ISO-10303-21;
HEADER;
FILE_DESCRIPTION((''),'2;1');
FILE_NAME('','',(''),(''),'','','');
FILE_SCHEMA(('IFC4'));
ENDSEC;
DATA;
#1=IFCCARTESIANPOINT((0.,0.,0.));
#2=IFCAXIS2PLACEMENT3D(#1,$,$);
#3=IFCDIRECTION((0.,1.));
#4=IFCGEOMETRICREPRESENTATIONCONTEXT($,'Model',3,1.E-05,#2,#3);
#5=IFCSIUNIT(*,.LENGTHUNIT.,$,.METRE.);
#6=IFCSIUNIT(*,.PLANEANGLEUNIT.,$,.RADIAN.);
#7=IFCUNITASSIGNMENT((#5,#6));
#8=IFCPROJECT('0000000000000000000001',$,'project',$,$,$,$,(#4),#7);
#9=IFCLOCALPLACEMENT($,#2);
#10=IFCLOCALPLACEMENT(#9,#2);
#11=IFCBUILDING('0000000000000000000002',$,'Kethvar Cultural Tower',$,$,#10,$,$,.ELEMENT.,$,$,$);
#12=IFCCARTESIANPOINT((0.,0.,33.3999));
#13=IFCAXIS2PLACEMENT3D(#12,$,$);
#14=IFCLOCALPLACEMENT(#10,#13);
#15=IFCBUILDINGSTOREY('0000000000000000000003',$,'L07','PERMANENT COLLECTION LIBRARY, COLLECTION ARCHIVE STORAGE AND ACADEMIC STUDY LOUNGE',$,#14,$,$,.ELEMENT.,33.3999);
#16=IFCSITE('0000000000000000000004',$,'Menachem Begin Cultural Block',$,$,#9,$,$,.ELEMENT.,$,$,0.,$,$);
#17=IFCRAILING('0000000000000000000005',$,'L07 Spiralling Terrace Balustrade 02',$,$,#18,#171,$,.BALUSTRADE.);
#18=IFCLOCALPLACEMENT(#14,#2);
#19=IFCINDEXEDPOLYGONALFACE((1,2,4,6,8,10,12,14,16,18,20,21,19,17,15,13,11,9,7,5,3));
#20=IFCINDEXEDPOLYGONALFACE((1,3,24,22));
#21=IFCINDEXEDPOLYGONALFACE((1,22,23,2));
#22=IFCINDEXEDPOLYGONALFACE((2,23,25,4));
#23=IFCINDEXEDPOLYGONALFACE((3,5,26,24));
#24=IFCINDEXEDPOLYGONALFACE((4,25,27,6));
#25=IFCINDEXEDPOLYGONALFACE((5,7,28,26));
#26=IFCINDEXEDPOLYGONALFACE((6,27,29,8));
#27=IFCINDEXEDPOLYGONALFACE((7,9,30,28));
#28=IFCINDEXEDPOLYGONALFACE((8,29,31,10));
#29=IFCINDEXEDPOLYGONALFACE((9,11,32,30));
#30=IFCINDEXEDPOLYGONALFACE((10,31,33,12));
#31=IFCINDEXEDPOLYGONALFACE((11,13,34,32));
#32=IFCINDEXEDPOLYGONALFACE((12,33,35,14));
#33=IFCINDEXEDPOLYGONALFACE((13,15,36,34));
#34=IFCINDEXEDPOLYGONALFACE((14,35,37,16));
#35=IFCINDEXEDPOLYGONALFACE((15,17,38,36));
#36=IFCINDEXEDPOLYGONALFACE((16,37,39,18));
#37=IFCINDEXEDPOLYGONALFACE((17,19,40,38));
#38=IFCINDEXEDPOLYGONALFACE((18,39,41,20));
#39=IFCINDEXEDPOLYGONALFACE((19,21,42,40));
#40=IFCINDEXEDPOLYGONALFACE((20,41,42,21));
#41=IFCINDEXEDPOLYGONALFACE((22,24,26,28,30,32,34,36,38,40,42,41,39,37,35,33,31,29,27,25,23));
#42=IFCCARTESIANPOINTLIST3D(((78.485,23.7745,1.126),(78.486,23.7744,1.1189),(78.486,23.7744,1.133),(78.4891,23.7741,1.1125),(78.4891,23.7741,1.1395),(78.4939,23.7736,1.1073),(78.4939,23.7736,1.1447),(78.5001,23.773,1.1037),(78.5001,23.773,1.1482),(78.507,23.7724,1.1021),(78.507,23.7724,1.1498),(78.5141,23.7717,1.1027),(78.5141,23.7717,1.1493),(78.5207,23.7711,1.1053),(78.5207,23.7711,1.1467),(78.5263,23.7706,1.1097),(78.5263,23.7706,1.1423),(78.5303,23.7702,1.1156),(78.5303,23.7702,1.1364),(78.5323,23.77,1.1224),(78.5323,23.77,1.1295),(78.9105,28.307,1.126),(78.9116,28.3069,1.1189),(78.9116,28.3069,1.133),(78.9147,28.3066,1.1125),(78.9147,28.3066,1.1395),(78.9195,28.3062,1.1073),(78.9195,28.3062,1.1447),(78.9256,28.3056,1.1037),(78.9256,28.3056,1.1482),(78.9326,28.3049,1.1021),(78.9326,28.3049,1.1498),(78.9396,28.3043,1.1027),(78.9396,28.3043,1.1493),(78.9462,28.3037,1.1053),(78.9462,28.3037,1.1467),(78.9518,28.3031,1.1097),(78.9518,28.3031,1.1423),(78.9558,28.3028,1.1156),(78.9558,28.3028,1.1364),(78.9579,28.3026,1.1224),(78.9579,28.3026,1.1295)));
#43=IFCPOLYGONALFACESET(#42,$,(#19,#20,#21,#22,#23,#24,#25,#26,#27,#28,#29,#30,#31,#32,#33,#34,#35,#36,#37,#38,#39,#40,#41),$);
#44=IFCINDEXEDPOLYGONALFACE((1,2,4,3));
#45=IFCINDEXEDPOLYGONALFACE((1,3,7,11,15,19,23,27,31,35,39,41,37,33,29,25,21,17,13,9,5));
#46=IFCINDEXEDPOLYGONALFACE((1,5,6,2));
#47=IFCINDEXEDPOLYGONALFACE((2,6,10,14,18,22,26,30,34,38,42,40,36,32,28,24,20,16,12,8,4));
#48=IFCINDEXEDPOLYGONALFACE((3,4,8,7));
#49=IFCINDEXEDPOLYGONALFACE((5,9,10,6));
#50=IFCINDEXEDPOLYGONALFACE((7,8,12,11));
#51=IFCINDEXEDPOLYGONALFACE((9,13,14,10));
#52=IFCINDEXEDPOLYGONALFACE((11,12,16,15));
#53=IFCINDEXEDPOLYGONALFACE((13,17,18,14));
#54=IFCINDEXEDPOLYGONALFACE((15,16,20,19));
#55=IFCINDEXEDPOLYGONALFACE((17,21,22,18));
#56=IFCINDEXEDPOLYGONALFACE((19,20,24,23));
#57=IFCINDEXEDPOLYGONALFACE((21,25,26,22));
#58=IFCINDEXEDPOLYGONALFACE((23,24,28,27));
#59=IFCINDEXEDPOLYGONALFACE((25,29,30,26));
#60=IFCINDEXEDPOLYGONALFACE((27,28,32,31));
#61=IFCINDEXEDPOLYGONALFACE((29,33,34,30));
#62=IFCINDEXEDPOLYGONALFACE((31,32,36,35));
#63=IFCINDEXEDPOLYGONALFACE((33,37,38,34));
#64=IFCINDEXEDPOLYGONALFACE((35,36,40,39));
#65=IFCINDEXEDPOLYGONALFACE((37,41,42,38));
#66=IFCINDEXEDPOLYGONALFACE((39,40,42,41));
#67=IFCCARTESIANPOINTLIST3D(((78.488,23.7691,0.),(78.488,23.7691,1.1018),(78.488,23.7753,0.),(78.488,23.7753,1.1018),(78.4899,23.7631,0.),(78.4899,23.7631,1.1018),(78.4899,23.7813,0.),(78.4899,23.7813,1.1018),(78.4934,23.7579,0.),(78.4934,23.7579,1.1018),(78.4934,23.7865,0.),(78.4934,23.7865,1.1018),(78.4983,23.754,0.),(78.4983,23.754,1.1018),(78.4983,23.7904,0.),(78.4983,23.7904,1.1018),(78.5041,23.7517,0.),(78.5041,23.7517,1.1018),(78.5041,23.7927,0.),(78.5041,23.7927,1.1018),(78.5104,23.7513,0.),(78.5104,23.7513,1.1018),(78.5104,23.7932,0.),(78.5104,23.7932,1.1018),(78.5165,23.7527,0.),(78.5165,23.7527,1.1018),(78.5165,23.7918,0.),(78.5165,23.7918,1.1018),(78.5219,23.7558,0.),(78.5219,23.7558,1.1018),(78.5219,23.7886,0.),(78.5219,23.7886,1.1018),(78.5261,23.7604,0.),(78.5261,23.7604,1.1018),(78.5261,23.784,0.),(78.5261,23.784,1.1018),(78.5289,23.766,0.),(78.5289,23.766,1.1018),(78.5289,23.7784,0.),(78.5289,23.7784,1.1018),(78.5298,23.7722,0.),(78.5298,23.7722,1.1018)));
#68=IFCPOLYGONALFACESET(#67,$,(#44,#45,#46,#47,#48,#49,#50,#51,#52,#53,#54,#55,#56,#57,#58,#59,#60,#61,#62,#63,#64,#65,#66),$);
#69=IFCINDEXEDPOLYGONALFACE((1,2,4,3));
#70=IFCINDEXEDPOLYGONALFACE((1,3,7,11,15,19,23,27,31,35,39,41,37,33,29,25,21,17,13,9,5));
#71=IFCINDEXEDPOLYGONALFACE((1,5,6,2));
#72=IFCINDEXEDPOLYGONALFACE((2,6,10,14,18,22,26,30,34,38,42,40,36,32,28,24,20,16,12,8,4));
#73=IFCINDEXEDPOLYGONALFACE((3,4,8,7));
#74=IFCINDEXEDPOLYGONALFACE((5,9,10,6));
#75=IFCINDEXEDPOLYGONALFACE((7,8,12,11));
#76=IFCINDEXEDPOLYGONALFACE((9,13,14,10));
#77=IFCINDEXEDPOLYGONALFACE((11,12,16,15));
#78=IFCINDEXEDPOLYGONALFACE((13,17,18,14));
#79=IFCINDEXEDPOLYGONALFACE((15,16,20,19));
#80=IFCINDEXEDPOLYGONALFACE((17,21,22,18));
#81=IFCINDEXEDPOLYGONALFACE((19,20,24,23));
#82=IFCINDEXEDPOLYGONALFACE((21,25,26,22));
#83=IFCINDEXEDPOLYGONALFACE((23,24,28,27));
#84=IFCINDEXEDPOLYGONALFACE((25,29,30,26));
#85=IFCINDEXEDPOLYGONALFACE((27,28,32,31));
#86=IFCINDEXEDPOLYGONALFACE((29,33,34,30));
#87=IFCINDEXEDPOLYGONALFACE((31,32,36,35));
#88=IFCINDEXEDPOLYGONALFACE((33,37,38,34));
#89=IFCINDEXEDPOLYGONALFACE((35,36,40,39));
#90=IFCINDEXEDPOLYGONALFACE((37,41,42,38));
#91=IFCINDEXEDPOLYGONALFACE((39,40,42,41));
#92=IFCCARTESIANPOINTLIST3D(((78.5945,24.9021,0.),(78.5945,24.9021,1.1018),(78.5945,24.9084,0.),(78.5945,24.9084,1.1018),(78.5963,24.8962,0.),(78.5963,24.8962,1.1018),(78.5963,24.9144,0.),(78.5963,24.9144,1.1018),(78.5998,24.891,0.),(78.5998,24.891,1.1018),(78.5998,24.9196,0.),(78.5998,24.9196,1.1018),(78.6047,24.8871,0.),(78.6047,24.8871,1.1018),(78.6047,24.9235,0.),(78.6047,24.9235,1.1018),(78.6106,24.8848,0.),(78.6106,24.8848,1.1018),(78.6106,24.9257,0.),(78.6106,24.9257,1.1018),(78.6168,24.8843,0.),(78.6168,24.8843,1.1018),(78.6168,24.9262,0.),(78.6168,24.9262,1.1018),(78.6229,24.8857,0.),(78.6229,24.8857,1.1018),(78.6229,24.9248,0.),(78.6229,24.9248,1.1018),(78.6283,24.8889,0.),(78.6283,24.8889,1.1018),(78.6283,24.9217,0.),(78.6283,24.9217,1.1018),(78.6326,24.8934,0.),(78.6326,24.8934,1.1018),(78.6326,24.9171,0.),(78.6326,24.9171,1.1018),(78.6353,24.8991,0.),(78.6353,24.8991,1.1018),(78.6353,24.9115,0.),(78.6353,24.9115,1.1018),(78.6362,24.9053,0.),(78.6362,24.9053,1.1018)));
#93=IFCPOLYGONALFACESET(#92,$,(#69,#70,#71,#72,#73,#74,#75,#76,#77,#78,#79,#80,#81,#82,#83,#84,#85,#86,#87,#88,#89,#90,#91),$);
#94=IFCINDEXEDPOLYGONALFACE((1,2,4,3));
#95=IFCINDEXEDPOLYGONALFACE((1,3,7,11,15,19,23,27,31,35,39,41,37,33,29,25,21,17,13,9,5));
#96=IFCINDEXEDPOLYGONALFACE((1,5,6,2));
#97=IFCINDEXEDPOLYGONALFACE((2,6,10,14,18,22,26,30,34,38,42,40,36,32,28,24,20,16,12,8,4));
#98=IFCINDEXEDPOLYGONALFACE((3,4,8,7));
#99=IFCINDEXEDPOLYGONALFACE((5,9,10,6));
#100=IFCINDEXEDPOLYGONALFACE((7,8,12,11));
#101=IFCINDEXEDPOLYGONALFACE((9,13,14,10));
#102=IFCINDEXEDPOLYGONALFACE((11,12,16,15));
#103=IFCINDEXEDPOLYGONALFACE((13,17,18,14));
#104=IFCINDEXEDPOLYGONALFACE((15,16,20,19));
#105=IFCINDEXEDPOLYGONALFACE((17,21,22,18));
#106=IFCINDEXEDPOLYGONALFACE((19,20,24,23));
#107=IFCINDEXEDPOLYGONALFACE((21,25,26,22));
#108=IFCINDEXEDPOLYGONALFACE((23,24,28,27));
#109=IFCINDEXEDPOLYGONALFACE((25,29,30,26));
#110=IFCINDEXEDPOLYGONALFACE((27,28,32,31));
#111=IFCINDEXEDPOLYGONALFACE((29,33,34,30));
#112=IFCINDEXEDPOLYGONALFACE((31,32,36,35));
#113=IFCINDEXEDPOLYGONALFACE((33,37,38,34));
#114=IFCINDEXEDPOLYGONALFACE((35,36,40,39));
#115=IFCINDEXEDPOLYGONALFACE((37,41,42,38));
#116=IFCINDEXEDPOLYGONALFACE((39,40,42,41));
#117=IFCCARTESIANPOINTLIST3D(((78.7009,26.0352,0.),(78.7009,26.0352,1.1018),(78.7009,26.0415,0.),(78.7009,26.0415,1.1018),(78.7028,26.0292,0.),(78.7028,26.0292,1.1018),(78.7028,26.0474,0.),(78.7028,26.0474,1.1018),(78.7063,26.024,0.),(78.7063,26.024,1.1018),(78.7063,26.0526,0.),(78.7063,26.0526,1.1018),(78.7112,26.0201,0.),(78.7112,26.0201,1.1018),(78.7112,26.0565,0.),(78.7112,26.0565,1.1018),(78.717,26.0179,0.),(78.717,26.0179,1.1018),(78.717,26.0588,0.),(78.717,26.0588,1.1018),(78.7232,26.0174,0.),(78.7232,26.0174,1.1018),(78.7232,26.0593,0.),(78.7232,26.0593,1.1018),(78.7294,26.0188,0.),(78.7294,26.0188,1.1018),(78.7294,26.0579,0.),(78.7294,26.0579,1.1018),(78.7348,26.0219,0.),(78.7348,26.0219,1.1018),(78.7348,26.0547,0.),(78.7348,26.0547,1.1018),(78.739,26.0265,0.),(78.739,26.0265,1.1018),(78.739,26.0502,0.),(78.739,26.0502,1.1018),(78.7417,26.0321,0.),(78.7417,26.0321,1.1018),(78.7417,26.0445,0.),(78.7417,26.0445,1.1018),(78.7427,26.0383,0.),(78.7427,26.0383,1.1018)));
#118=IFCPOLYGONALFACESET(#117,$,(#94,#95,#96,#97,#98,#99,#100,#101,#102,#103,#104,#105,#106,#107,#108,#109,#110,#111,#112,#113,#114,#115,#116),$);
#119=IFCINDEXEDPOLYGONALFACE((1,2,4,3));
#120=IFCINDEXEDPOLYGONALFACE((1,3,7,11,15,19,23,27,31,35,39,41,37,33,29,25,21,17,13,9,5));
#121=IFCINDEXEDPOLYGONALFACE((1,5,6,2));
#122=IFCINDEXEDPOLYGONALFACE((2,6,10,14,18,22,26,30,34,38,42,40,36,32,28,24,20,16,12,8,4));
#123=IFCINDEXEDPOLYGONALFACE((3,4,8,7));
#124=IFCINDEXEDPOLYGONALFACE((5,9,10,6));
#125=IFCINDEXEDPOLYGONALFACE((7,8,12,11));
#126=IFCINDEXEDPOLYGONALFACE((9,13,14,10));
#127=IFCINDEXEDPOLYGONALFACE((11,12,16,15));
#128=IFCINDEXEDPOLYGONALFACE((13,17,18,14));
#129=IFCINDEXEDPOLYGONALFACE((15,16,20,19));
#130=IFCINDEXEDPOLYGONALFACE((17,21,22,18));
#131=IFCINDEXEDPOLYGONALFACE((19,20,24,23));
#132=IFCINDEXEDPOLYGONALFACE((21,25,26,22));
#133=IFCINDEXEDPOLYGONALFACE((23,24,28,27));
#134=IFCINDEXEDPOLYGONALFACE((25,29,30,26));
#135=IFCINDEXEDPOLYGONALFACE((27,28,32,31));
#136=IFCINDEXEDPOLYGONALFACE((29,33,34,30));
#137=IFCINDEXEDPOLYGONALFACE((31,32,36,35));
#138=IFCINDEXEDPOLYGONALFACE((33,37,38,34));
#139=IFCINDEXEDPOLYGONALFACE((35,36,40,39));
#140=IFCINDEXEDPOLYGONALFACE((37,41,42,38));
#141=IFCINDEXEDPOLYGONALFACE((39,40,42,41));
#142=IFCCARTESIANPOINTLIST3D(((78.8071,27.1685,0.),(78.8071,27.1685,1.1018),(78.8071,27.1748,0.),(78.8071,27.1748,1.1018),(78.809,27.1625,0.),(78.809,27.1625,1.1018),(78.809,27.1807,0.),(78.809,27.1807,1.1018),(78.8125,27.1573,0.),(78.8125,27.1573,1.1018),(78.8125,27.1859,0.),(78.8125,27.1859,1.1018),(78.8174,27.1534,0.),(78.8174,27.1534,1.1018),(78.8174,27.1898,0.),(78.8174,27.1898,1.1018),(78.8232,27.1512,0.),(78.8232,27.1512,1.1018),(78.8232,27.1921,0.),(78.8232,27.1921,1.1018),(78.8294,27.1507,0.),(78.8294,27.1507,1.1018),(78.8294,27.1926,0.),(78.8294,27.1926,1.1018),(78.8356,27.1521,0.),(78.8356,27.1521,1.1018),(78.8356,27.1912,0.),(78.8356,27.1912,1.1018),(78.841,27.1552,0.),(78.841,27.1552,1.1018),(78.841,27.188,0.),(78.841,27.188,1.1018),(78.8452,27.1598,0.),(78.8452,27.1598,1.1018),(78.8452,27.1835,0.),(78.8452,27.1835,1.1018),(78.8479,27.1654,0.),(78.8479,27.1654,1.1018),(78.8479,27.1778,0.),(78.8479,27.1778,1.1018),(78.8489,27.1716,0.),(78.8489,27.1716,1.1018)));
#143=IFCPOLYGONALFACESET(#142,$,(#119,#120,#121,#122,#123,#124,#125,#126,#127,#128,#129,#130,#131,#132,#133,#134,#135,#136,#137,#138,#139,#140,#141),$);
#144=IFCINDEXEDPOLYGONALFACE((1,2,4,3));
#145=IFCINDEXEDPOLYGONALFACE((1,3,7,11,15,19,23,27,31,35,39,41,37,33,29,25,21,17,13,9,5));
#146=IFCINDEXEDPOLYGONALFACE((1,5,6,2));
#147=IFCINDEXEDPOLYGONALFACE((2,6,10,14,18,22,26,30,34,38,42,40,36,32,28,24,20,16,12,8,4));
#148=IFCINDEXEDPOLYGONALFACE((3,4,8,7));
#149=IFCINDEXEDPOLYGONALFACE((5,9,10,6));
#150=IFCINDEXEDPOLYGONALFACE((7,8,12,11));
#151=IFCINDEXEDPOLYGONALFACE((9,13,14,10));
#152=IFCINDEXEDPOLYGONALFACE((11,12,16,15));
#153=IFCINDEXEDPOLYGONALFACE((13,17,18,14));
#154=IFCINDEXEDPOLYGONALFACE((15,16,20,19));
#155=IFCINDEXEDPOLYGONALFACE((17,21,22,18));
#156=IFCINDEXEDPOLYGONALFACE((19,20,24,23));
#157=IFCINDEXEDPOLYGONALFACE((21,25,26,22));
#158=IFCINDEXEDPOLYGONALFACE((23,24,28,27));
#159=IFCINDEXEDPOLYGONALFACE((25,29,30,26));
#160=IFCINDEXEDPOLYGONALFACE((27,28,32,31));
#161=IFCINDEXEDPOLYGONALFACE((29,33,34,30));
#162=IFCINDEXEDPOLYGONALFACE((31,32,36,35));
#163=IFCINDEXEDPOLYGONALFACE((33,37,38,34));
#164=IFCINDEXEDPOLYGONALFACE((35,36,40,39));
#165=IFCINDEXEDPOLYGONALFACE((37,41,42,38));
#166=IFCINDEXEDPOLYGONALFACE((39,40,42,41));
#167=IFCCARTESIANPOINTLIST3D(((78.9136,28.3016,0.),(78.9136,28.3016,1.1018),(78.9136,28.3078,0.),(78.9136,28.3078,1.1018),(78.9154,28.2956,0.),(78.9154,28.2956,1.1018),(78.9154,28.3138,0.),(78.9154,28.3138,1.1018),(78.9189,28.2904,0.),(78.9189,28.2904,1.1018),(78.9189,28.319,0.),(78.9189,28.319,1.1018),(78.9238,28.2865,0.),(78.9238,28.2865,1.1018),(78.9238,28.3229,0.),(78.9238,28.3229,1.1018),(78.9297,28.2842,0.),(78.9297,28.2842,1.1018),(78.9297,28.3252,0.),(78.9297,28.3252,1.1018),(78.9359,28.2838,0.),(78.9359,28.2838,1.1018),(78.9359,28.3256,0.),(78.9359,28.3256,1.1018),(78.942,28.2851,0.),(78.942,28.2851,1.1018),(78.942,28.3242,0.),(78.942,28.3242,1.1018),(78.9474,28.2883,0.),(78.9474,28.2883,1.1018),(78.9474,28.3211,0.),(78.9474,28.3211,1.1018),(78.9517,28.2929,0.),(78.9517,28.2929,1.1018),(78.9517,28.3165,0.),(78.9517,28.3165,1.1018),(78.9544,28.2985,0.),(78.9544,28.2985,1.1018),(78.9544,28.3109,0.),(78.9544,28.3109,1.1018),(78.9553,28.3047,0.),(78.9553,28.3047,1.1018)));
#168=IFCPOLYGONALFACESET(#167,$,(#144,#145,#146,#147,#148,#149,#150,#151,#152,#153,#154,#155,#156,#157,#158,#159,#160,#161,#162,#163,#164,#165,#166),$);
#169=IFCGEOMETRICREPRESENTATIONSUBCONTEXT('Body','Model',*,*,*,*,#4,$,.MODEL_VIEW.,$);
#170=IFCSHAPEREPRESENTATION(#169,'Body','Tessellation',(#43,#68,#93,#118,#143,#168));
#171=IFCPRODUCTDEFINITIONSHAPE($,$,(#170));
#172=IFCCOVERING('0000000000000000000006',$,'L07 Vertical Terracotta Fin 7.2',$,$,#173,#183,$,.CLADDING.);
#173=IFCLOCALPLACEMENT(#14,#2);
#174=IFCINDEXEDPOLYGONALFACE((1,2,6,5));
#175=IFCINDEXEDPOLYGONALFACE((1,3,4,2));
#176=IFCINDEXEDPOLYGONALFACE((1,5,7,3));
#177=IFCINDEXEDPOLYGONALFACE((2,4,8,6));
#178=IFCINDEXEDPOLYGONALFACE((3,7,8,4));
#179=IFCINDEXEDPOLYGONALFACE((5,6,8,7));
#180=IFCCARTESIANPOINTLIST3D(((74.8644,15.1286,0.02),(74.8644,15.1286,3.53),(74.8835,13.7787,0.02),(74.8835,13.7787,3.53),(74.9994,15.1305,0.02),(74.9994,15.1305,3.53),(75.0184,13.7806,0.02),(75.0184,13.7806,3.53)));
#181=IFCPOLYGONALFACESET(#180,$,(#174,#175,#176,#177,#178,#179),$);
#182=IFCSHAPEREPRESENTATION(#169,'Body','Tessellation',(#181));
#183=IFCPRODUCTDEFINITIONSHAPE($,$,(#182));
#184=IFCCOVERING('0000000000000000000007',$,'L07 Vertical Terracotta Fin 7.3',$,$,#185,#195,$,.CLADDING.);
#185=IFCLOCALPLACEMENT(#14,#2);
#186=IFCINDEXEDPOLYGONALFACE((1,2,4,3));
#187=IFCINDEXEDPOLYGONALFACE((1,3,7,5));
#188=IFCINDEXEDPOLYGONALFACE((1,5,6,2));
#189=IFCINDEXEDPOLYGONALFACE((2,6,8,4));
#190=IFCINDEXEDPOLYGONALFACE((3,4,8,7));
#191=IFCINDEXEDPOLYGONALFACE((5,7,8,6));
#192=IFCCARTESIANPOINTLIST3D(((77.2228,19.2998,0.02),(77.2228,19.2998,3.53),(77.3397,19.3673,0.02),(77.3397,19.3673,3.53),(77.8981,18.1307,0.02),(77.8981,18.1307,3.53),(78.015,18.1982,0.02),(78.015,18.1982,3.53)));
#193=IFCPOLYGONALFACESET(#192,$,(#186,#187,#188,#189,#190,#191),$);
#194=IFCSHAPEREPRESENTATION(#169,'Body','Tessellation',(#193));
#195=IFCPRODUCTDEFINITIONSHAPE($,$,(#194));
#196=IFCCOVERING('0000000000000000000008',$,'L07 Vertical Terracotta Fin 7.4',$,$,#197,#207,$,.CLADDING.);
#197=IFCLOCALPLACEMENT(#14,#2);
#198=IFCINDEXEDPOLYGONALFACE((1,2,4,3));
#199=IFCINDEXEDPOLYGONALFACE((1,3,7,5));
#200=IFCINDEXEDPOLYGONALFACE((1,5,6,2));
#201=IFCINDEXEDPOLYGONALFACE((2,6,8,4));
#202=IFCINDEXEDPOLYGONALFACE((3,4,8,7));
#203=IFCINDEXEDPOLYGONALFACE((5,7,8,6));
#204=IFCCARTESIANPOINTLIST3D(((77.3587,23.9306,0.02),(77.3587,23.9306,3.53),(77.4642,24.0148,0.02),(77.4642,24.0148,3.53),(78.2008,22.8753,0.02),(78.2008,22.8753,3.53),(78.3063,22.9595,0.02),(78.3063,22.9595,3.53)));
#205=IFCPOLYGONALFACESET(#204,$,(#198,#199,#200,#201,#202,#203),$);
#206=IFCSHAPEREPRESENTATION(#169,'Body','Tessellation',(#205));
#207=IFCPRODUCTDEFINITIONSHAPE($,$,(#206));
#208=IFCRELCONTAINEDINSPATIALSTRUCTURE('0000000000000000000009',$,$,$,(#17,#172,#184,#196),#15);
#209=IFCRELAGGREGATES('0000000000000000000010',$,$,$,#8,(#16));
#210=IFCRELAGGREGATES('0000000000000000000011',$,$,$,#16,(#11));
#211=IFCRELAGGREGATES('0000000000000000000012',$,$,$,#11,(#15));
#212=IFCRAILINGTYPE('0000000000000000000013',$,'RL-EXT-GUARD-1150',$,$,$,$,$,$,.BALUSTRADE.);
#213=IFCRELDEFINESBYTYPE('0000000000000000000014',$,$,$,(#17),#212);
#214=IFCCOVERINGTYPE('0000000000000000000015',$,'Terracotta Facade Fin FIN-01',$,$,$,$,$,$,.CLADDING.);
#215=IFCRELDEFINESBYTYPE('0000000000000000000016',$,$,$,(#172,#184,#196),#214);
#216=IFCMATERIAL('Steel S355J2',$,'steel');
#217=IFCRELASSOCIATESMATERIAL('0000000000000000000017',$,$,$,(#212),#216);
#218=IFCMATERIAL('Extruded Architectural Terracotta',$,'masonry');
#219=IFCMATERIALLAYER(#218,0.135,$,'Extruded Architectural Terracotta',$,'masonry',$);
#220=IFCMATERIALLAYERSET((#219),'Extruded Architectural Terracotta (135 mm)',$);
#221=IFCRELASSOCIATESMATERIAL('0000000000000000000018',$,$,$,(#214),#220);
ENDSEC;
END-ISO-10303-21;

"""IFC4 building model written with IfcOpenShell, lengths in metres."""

from ifc_helpers import new_model, si_unit, direction, frame, origin, origin_2d, place, context, subcontext, project, spatial, rectangle, circle, extrude, source, transform, mapped, material, layer, layer_set, type_object, element, save


model = new_model("IFC4")

# Units and contexts
model_context = context("Model", 3, precision=1e-05, world=origin(), true_north=direction((0.0, 1.0)))
body_context = subcontext(model_context, "Body", "Model", "MODEL_VIEW")
ifc_project = project(units=[si_unit("LENGTHUNIT", "METRE"), si_unit("PLANEANGLEUNIT", "RADIAN")], contexts=[model_context])

# Site, building, storey
site_placement = place(None, origin())
site = spatial("IfcSite", under=ifc_project, at=site_placement, Name="Menachem Begin Cultural Block", CompositionType="ELEMENT", RefElevation=0.0)
building_placement = place(site_placement, origin())
building = spatial("IfcBuilding", under=site, at=building_placement, Name="Kethvar Cultural Tower", CompositionType="ELEMENT")
storey_placement = place(building_placement, frame((0.0, 0.0, 33.3999)))
storey = spatial("IfcBuildingStorey", under=building, at=storey_placement, Name="L07", Description="PERMANENT COLLECTION LIBRARY, COLLECTION ARCHIVE STORAGE AND ACADEMIC STUDY LOUNGE", CompositionType="ELEMENT", Elevation=33.3999)

# Shared definitions
ifc_material_1 = material(Name="Steel S355J2", Category="steel")

# Railing
railing_type = type_object("IfcRailingType", Name="RL-EXT-GUARD-1150", PredefinedType="BALUSTRADE", material=ifc_material_1)
railing_1_placement = place(storey_placement, frame((78.5088, 23.7722, 0.0)))
element("IfcRailing", 1, at=railing_1_placement, inside=storey, type_object=railing_type, Name="L07 Spiralling Terrace Balustrade 02", PredefinedType="BALUSTRADE", context=body_context, shape_type="SweptSolid", body=[
    extrude(circle(Radius=0.0239, at=origin_2d()), frame((0.0, 0.0, 1.126), z_axis=(0.093475, 0.995622, 0.0), x_axis=(-0.995622, 0.093475, 0.0)), (0.0, 0.0, 1.0), 4.5525),
    extrude(circle(Radius=0.021, at=origin_2d()), origin(), (0.0, 0.0, 1.0), 1.1018),
    extrude(circle(Radius=0.021, at=origin_2d()), frame((0.1064, 1.1331, 0.0)), (0.0, 0.0, 1.0), 1.1018),
    extrude(circle(Radius=0.021, at=origin_2d()), frame((0.2129, 2.2661, 0.0)), (0.0, 0.0, 1.0), 1.1018),
    extrude(circle(Radius=0.021, at=origin_2d()), frame((0.3191, 3.3994, 0.0)), (0.0, 0.0, 1.0), 1.1018),
    extrude(circle(Radius=0.021, at=origin_2d()), frame((0.4255, 4.5325, 0.0)), (0.0, 0.0, 1.0), 1.1018),
])

# Coverings
ifc_material_2 = material(Name="Extruded Architectural Terracotta", Category="masonry")
ifc_layer_1 = layer(ifc_material_2, 0.135, Name="Extruded Architectural Terracotta", Category="masonry")
ifc_layer_set_1 = layer_set([ifc_layer_1], Name="Extruded Architectural Terracotta (135 mm)")
covering_type = type_object("IfcCoveringType", Name="Terracotta Facade Fin FIN-01", PredefinedType="CLADDING", material=ifc_layer_set_1)
shared_shape_1 = source(origin(), body_context, "Body", "SweptSolid", [
    extrude(rectangle(XDim=1.3501, YDim=0.135, at=origin_2d()), origin(), (0.0, 0.0, 1.0), 3.51),
])
for number, where, z_axis, x_axis, name in (
    (2, (74.9414, 14.4546, 0.02), (0.0, 0.0, 1.0), (0.014137, -0.9999, 0.0), "L07 Vertical Terracotta Fin 7.2"),
    (3, (77.6189, 18.749, 0.02), (0.0, 0.0, 1.0), (0.500151, -0.865938, 0.0), "L07 Vertical Terracotta Fin 7.3"),
    (4, (77.8325, 23.4451, 0.02), (0.0, 0.0, 1.0), (0.623743, -0.781629, 0.0), "L07 Vertical Terracotta Fin 7.4"),
):
    element("IfcCovering", number, at=place(storey_placement, frame(where, z_axis=z_axis, x_axis=x_axis)), inside=storey, type_object=covering_type, Name=name, PredefinedType="CLADDING", context=body_context, shape_type="MappedRepresentation", body=[
        mapped(shared_shape_1, transform((0.0, 0.0, 0.0), scale=1.0)),
    ])

save(model, "model.ifc")
